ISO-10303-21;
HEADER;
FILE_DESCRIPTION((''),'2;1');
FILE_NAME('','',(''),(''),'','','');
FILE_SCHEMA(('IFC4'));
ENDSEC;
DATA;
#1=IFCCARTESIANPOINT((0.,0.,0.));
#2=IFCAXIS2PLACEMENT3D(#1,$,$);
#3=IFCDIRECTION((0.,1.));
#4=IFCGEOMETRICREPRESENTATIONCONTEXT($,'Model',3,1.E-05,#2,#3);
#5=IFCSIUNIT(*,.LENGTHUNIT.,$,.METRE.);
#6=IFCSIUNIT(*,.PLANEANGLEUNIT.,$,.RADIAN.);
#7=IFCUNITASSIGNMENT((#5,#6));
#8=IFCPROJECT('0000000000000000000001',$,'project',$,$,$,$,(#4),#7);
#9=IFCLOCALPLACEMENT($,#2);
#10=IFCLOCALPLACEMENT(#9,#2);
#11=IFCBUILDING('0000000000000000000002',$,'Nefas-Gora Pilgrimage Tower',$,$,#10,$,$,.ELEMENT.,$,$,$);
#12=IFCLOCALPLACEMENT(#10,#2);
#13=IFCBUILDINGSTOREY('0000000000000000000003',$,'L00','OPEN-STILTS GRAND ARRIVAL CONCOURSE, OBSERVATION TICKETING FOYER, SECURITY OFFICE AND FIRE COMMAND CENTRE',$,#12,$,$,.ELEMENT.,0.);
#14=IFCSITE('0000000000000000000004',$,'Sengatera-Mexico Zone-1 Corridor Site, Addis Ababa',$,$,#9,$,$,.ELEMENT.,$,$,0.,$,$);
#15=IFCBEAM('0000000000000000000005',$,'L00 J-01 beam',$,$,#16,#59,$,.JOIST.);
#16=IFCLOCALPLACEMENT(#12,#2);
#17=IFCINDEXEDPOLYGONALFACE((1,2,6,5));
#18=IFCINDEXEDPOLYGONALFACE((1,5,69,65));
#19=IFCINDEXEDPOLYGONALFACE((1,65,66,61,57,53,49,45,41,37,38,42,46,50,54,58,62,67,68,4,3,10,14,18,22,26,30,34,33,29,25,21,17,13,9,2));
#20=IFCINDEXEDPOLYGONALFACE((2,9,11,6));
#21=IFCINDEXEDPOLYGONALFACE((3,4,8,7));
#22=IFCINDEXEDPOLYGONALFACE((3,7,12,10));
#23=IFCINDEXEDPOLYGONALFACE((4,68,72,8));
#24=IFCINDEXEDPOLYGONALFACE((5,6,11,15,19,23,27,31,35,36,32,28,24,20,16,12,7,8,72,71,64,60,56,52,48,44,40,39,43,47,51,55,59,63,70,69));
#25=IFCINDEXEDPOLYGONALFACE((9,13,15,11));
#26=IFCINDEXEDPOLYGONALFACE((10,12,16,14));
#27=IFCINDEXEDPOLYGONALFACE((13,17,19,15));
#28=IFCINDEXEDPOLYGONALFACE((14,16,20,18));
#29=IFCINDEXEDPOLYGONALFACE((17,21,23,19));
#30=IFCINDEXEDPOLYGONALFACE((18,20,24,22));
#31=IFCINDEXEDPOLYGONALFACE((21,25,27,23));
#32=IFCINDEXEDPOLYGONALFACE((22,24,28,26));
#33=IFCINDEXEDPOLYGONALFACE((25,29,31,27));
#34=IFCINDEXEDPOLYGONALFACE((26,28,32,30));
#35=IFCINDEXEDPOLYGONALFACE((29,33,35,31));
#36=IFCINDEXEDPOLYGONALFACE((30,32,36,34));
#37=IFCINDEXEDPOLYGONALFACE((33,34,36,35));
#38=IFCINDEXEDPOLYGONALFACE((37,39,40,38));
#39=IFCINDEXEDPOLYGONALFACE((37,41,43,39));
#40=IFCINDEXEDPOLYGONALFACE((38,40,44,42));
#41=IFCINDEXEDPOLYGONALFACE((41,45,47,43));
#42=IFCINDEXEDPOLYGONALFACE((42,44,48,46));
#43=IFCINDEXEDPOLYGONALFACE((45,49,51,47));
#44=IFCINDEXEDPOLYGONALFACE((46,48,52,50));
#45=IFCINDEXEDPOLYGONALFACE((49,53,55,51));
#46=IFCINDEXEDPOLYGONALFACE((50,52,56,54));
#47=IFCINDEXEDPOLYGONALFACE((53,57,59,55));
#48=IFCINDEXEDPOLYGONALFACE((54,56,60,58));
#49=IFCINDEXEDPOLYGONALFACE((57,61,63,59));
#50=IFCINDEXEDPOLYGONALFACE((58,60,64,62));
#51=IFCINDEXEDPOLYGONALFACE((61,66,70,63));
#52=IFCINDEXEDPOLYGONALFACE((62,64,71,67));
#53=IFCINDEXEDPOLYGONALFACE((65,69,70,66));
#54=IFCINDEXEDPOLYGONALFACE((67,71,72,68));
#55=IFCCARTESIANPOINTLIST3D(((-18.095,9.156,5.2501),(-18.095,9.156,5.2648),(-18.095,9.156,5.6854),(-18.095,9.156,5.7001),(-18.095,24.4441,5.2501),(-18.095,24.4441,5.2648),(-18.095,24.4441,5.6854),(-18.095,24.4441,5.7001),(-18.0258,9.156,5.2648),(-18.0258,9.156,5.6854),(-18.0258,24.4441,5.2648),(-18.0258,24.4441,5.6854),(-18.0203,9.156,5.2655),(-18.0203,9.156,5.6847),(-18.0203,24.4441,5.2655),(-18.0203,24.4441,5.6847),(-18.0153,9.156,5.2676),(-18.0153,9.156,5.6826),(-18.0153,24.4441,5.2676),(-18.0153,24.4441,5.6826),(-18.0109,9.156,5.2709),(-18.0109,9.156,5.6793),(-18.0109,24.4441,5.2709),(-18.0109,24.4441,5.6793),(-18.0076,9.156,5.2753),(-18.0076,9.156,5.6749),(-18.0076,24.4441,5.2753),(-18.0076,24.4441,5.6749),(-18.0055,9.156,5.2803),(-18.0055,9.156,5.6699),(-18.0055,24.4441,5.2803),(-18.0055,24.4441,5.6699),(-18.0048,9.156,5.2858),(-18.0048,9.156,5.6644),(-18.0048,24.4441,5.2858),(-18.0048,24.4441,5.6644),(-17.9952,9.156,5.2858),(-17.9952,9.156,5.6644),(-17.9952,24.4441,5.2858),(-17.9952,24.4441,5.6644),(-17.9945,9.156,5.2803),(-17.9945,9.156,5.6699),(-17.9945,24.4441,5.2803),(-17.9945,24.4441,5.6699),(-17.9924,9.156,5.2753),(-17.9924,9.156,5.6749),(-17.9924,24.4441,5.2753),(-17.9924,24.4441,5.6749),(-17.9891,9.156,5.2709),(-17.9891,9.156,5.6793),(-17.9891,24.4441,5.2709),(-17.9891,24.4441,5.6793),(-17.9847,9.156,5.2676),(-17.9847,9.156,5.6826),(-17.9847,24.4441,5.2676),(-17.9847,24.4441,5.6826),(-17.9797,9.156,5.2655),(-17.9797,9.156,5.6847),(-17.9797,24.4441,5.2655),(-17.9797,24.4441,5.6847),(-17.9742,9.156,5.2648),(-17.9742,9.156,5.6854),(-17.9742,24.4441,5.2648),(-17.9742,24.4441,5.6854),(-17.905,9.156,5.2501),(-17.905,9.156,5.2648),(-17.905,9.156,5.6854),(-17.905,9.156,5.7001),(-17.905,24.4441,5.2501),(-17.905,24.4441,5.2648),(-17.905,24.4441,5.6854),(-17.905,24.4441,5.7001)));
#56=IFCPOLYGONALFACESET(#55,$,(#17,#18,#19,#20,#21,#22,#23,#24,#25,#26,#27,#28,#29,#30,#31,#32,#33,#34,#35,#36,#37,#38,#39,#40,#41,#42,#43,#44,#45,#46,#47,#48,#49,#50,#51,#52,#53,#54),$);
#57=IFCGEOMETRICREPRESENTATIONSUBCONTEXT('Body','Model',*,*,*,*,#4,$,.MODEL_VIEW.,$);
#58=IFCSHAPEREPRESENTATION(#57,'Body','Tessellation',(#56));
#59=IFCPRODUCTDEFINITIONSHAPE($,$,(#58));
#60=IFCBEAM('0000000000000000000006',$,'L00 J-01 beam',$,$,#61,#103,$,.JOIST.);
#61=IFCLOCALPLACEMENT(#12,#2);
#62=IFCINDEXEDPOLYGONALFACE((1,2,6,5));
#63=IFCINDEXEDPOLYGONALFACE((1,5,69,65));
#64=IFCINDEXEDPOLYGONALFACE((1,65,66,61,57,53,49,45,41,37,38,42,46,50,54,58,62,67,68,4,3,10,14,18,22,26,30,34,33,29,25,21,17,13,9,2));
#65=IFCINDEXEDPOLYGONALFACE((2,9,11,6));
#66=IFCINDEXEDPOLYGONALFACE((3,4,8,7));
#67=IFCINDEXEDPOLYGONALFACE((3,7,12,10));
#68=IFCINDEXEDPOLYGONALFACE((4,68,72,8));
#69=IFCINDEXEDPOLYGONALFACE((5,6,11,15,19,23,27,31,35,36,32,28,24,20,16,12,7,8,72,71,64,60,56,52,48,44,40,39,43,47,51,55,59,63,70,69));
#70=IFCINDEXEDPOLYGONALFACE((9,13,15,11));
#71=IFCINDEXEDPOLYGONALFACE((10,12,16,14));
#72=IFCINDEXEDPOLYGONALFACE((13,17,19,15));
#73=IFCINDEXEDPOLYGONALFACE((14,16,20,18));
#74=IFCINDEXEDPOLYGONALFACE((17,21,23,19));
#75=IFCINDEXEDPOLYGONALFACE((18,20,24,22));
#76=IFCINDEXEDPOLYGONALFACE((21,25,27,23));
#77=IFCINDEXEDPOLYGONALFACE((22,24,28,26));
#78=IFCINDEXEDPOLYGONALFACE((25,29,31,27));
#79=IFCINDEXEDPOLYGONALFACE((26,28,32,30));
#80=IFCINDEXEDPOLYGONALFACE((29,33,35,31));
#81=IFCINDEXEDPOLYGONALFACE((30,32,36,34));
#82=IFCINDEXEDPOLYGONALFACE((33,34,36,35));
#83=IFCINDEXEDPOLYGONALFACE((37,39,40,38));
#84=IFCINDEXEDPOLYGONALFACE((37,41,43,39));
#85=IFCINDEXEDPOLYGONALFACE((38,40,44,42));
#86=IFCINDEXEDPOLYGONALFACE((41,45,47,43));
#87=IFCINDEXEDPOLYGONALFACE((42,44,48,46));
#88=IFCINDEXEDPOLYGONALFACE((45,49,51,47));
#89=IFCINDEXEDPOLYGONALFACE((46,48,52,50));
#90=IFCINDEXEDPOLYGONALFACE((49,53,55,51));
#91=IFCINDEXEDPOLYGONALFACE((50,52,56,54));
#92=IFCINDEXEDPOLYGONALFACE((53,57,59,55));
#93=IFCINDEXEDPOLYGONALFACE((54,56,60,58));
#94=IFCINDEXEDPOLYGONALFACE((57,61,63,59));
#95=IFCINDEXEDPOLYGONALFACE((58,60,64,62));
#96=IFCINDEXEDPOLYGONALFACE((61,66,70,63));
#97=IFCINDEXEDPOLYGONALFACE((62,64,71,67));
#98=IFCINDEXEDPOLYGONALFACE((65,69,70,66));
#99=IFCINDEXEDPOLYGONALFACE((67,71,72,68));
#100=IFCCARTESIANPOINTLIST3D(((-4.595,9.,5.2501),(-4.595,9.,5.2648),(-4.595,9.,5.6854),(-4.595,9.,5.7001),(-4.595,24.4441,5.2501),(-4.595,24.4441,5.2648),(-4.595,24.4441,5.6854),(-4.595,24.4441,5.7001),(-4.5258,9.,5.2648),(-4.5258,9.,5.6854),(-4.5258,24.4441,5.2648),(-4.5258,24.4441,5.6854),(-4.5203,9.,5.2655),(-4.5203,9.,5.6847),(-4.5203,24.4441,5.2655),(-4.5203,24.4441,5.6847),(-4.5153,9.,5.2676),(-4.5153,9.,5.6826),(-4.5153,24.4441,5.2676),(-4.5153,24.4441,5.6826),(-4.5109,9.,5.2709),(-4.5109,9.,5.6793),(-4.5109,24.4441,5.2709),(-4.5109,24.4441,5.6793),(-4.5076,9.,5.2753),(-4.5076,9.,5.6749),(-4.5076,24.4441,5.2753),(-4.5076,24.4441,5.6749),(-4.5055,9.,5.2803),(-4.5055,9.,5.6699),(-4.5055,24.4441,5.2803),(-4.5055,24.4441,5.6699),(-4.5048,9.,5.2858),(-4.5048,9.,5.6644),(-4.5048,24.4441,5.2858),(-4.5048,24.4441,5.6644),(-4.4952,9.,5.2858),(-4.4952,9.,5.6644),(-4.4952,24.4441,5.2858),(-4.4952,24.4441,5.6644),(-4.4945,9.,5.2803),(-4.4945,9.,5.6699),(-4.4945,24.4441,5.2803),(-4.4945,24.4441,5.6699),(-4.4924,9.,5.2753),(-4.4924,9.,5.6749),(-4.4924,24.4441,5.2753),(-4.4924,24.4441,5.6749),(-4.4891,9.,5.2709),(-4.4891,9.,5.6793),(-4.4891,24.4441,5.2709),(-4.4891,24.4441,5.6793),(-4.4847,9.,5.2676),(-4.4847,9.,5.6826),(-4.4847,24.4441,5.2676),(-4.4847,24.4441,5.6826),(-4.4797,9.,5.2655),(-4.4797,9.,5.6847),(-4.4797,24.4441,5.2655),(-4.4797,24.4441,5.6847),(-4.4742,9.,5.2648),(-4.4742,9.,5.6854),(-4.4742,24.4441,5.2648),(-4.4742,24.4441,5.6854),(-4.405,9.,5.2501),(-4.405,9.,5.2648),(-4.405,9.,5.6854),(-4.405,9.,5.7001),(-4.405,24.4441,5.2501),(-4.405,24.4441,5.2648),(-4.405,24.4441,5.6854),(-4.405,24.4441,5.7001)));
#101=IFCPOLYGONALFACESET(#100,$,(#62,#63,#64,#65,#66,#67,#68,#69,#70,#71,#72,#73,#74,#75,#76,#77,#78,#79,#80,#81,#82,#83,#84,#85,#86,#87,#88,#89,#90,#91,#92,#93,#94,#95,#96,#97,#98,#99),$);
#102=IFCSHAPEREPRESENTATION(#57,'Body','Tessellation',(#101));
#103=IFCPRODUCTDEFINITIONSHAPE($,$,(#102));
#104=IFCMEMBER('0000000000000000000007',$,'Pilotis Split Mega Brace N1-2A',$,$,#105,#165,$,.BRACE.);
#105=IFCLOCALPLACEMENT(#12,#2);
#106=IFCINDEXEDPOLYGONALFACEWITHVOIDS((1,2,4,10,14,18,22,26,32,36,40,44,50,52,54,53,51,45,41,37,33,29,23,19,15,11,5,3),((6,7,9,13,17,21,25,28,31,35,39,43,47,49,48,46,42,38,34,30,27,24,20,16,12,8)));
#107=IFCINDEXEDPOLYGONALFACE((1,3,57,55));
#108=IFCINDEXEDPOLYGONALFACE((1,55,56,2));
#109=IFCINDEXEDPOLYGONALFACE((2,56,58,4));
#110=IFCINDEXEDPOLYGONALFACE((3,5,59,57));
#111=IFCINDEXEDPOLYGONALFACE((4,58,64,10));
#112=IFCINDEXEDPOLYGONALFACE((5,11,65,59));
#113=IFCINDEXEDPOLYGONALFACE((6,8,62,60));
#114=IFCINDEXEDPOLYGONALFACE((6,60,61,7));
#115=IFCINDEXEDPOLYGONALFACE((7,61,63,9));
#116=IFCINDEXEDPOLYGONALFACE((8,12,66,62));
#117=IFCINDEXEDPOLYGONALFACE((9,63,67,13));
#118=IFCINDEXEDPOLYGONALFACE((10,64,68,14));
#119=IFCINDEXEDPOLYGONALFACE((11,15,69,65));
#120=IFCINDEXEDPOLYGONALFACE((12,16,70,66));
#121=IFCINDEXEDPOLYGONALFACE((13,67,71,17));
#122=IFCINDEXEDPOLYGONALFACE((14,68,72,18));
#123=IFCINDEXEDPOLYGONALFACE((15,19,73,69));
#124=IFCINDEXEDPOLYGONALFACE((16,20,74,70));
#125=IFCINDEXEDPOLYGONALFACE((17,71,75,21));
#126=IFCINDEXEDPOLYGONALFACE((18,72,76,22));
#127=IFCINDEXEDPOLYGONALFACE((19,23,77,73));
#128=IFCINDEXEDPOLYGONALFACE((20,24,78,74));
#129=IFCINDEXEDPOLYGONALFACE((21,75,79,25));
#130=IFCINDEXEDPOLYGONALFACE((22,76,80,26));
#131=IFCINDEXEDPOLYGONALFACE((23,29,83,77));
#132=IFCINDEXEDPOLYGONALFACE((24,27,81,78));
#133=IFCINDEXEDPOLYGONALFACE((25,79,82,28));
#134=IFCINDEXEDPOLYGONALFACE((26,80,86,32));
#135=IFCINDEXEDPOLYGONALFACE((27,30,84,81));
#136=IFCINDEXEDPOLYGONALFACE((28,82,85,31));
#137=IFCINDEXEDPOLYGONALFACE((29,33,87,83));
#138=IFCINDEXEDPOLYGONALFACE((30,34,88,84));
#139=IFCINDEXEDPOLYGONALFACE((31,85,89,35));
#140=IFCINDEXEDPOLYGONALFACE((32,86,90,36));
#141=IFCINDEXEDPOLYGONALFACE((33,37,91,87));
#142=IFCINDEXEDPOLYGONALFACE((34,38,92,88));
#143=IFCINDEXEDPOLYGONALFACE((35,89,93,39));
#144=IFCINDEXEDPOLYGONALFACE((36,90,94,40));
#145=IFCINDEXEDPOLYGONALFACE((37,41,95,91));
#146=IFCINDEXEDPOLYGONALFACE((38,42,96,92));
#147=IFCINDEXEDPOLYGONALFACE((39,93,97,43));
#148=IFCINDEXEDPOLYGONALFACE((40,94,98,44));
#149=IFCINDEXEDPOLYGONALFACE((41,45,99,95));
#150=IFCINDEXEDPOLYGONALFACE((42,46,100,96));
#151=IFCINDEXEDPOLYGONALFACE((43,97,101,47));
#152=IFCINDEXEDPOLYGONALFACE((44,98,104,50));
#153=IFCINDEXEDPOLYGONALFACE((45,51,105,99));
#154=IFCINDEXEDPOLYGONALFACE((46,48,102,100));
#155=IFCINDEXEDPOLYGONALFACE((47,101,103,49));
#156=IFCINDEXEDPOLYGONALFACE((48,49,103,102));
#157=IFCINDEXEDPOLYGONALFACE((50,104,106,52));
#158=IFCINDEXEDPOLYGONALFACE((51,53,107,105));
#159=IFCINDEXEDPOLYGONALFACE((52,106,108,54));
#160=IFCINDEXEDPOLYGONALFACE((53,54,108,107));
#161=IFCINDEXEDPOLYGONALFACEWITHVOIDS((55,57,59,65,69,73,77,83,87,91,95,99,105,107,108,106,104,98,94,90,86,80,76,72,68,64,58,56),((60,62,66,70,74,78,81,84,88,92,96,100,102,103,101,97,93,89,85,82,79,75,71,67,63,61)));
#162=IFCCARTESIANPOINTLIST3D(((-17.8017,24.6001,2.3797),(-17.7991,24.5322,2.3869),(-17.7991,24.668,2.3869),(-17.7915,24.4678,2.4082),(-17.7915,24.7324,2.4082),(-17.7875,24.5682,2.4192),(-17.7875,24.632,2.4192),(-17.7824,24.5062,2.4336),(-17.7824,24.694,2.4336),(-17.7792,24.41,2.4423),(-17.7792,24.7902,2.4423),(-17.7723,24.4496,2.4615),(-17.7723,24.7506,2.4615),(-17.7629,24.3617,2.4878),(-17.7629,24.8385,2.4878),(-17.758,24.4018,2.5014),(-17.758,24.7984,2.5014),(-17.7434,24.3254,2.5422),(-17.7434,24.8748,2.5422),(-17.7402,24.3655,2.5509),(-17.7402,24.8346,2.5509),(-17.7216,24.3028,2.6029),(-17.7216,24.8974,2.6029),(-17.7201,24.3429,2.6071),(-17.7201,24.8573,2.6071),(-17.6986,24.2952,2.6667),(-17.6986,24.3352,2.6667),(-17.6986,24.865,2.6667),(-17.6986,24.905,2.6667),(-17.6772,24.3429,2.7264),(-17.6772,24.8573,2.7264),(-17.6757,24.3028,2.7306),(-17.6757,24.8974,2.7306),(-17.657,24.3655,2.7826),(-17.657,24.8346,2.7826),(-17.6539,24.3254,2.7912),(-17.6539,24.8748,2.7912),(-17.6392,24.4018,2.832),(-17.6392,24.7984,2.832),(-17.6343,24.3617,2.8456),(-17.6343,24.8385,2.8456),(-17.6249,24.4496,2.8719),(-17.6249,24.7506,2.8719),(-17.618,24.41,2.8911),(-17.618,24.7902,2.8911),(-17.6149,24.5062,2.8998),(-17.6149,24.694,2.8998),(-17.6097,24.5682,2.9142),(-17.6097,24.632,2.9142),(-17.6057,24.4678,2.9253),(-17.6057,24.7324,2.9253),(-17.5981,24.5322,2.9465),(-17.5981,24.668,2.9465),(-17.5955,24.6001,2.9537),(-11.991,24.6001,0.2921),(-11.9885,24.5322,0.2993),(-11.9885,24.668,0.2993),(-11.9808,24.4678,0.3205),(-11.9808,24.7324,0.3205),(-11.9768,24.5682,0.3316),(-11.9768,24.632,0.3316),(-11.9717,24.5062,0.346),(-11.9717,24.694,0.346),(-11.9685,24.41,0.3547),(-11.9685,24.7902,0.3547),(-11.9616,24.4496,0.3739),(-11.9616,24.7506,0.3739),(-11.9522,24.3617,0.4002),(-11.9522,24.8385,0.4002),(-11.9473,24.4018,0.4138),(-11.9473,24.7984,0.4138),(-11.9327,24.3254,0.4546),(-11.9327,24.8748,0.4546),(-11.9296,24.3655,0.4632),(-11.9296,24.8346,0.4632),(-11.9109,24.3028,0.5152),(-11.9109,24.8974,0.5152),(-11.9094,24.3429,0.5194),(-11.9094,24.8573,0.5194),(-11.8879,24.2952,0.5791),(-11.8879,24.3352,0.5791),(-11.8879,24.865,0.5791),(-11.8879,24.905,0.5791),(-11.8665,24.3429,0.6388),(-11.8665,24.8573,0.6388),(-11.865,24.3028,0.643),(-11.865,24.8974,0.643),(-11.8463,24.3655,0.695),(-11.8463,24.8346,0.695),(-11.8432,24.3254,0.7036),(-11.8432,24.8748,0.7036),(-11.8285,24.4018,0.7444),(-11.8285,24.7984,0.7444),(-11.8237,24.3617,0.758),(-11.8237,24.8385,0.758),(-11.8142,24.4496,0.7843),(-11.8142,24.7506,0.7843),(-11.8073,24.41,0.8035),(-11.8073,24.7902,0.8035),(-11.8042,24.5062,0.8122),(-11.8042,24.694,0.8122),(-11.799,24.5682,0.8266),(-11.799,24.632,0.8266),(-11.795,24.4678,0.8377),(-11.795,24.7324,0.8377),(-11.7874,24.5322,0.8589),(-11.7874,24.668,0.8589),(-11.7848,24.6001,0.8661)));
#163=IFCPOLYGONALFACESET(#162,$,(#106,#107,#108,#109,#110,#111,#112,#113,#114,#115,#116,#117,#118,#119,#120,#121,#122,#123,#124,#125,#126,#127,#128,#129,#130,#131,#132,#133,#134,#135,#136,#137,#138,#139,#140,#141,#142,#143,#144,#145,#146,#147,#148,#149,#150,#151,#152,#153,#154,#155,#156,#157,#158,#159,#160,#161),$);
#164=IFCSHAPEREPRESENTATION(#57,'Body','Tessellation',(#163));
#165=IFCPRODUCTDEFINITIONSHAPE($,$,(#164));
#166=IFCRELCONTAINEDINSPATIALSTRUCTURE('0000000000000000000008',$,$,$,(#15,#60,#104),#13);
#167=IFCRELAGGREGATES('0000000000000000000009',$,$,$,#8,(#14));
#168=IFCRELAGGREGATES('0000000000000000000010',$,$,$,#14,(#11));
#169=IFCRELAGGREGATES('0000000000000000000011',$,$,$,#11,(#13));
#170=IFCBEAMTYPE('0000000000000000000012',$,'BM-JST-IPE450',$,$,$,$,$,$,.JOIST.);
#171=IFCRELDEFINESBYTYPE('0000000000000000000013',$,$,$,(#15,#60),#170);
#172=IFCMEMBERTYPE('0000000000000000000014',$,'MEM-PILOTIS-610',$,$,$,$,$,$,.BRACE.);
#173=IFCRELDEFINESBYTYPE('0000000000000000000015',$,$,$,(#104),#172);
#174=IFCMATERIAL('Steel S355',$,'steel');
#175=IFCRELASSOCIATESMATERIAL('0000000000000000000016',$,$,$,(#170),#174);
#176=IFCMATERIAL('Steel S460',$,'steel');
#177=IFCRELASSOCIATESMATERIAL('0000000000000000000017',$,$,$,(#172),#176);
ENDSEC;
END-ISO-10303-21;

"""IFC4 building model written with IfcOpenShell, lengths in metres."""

from ifc_helpers import new_model, si_unit, direction, frame, origin, origin_2d, place, context, subcontext, project, spatial, hollow_circle, i_section, extrude, source, transform, mapped, material, material_profile, profile_set, type_object, element, save


model = new_model("IFC4")

# Units and contexts
model_context = context("Model", 3, precision=1e-05, world=origin(), true_north=direction((0.0, 1.0)))
body_context = subcontext(model_context, "Body", "Model", "MODEL_VIEW")
ifc_project = project(units=[si_unit("LENGTHUNIT", "METRE"), si_unit("PLANEANGLEUNIT", "RADIAN")], contexts=[model_context])

# Site, building, storey
site_placement = place(None, origin())
site = spatial("IfcSite", under=ifc_project, at=site_placement, Name="Sengatera-Mexico Zone-1 Corridor Site, Addis Ababa", CompositionType="ELEMENT", RefElevation=0.0)
building_placement = place(site_placement, origin())
building = spatial("IfcBuilding", under=site, at=building_placement, Name="Nefas-Gora Pilgrimage Tower", CompositionType="ELEMENT")
storey_placement = place(building_placement, origin())
storey = spatial("IfcBuildingStorey", under=building, at=storey_placement, Name="L00", Description="OPEN-STILTS GRAND ARRIVAL CONCOURSE, OBSERVATION TICKETING FOYER, SECURITY OFFICE AND FIRE COMMAND CENTRE", CompositionType="ELEMENT", Elevation=0.0)

# Shared definitions
ifc_material_1 = material(Name="Steel S355", Category="steel")
ifc_material_2 = material(Name="Steel S460", Category="steel")

# Beams
ifc_material_profile_1 = material_profile(ifc_material_1, i_section(OverallWidth=0.1899, OverallDepth=0.45, WebThickness=0.0095, FlangeThickness=0.0146, FilletRadius=0.021, at=origin_2d()), Name="IPE 450")
ifc_profile_set_1 = profile_set([ifc_material_profile_1], Name="Steel S355")
beam_type_1 = type_object("IfcBeamType", Name="BM-JST-IPE450", PredefinedType="JOIST", material=ifc_profile_set_1)
shared_shape_1 = source(origin(), body_context, "Body", "SweptSolid", [
    extrude(i_section(OverallWidth=0.1899, OverallDepth=0.45, WebThickness=0.0095, FlangeThickness=0.0146, FilletRadius=0.021, at=origin_2d()), origin(), (0.0, 0.0, 1.0), 15.2881),
])
beam_1_placement = place(storey_placement, frame((-18.0, 9.156, 5.4751), z_axis=(0.0, 1.0, 0.0), x_axis=(-1.0, 0.0, 0.0)))
element("IfcBeam", 1, at=beam_1_placement, inside=storey, type_object=beam_type_1, Name="L00 J-01 beam", PredefinedType="JOIST", context=body_context, shape_type="MappedRepresentation", body=[
    mapped(shared_shape_1, transform((0.0, 0.0, 0.0), x_axis=(1.0, 0.0, 0.0), y_axis=(0.0, 1.0, 0.0), z_axis=(0.0, 0.0, 1.0), scale=1.0)),
])
shared_shape_2 = source(origin(), body_context, "Body", "SweptSolid", [
    extrude(i_section(OverallWidth=0.1899, OverallDepth=0.45, WebThickness=0.0095, FlangeThickness=0.0146, FilletRadius=0.021, at=origin_2d()), origin(), (0.0, 0.0, 1.0), 15.4441),
])
beam_2_placement = place(storey_placement, frame((-4.5, 9.0, 5.4751), z_axis=(0.0, 1.0, 0.0), x_axis=(-1.0, 0.0, 0.0)))
element("IfcBeam", 2, at=beam_2_placement, inside=storey, type_object=beam_type_1, Name="L00 J-01 beam", PredefinedType="JOIST", context=body_context, shape_type="MappedRepresentation", body=[
    mapped(shared_shape_2, transform((0.0, 0.0, 0.0), x_axis=(1.0, 0.0, 0.0), y_axis=(0.0, 1.0, 0.0), z_axis=(0.0, 0.0, 1.0), scale=1.0)),
])

# Member
ifc_material_profile_2 = material_profile(ifc_material_2, hollow_circle(Radius=0.3049, WallThickness=0.04, at=origin_2d()), Name="CHS 610x40")
ifc_profile_set_2 = profile_set([ifc_material_profile_2], Name="Steel S460")
member_type = type_object("IfcMemberType", Name="MEM-PILOTIS-610", PredefinedType="BRACE", material=ifc_profile_set_2)
shared_shape_3 = source(origin(), body_context, "Body", "SweptSolid", [
    extrude(hollow_circle(Radius=0.3049, WallThickness=0.04, at=origin_2d()), origin(), (0.0, 0.0, 1.0), 6.1743),
])
for number, where, z_axis, x_axis, name in (
    (3, (-11.8879, 24.6001, 0.5791), (-0.941106, 0.0, 0.338112), (0.0, -1.0, 0.0), "Pilotis Split Mega Brace N1-2A"),
):
    element("IfcMember", number, at=place(storey_placement, frame(where, z_axis=z_axis, x_axis=x_axis)), inside=storey, type_object=member_type, Name=name, PredefinedType="BRACE", context=body_context, shape_type="MappedRepresentation", body=[
        mapped(shared_shape_3, transform((0.0, 0.0, 0.0), x_axis=(1.0, 0.0, 0.0), y_axis=(0.0, 1.0, 0.0), z_axis=(0.0, 0.0, 1.0), scale=1.0)),
    ])

save(model, "model.ifc")
